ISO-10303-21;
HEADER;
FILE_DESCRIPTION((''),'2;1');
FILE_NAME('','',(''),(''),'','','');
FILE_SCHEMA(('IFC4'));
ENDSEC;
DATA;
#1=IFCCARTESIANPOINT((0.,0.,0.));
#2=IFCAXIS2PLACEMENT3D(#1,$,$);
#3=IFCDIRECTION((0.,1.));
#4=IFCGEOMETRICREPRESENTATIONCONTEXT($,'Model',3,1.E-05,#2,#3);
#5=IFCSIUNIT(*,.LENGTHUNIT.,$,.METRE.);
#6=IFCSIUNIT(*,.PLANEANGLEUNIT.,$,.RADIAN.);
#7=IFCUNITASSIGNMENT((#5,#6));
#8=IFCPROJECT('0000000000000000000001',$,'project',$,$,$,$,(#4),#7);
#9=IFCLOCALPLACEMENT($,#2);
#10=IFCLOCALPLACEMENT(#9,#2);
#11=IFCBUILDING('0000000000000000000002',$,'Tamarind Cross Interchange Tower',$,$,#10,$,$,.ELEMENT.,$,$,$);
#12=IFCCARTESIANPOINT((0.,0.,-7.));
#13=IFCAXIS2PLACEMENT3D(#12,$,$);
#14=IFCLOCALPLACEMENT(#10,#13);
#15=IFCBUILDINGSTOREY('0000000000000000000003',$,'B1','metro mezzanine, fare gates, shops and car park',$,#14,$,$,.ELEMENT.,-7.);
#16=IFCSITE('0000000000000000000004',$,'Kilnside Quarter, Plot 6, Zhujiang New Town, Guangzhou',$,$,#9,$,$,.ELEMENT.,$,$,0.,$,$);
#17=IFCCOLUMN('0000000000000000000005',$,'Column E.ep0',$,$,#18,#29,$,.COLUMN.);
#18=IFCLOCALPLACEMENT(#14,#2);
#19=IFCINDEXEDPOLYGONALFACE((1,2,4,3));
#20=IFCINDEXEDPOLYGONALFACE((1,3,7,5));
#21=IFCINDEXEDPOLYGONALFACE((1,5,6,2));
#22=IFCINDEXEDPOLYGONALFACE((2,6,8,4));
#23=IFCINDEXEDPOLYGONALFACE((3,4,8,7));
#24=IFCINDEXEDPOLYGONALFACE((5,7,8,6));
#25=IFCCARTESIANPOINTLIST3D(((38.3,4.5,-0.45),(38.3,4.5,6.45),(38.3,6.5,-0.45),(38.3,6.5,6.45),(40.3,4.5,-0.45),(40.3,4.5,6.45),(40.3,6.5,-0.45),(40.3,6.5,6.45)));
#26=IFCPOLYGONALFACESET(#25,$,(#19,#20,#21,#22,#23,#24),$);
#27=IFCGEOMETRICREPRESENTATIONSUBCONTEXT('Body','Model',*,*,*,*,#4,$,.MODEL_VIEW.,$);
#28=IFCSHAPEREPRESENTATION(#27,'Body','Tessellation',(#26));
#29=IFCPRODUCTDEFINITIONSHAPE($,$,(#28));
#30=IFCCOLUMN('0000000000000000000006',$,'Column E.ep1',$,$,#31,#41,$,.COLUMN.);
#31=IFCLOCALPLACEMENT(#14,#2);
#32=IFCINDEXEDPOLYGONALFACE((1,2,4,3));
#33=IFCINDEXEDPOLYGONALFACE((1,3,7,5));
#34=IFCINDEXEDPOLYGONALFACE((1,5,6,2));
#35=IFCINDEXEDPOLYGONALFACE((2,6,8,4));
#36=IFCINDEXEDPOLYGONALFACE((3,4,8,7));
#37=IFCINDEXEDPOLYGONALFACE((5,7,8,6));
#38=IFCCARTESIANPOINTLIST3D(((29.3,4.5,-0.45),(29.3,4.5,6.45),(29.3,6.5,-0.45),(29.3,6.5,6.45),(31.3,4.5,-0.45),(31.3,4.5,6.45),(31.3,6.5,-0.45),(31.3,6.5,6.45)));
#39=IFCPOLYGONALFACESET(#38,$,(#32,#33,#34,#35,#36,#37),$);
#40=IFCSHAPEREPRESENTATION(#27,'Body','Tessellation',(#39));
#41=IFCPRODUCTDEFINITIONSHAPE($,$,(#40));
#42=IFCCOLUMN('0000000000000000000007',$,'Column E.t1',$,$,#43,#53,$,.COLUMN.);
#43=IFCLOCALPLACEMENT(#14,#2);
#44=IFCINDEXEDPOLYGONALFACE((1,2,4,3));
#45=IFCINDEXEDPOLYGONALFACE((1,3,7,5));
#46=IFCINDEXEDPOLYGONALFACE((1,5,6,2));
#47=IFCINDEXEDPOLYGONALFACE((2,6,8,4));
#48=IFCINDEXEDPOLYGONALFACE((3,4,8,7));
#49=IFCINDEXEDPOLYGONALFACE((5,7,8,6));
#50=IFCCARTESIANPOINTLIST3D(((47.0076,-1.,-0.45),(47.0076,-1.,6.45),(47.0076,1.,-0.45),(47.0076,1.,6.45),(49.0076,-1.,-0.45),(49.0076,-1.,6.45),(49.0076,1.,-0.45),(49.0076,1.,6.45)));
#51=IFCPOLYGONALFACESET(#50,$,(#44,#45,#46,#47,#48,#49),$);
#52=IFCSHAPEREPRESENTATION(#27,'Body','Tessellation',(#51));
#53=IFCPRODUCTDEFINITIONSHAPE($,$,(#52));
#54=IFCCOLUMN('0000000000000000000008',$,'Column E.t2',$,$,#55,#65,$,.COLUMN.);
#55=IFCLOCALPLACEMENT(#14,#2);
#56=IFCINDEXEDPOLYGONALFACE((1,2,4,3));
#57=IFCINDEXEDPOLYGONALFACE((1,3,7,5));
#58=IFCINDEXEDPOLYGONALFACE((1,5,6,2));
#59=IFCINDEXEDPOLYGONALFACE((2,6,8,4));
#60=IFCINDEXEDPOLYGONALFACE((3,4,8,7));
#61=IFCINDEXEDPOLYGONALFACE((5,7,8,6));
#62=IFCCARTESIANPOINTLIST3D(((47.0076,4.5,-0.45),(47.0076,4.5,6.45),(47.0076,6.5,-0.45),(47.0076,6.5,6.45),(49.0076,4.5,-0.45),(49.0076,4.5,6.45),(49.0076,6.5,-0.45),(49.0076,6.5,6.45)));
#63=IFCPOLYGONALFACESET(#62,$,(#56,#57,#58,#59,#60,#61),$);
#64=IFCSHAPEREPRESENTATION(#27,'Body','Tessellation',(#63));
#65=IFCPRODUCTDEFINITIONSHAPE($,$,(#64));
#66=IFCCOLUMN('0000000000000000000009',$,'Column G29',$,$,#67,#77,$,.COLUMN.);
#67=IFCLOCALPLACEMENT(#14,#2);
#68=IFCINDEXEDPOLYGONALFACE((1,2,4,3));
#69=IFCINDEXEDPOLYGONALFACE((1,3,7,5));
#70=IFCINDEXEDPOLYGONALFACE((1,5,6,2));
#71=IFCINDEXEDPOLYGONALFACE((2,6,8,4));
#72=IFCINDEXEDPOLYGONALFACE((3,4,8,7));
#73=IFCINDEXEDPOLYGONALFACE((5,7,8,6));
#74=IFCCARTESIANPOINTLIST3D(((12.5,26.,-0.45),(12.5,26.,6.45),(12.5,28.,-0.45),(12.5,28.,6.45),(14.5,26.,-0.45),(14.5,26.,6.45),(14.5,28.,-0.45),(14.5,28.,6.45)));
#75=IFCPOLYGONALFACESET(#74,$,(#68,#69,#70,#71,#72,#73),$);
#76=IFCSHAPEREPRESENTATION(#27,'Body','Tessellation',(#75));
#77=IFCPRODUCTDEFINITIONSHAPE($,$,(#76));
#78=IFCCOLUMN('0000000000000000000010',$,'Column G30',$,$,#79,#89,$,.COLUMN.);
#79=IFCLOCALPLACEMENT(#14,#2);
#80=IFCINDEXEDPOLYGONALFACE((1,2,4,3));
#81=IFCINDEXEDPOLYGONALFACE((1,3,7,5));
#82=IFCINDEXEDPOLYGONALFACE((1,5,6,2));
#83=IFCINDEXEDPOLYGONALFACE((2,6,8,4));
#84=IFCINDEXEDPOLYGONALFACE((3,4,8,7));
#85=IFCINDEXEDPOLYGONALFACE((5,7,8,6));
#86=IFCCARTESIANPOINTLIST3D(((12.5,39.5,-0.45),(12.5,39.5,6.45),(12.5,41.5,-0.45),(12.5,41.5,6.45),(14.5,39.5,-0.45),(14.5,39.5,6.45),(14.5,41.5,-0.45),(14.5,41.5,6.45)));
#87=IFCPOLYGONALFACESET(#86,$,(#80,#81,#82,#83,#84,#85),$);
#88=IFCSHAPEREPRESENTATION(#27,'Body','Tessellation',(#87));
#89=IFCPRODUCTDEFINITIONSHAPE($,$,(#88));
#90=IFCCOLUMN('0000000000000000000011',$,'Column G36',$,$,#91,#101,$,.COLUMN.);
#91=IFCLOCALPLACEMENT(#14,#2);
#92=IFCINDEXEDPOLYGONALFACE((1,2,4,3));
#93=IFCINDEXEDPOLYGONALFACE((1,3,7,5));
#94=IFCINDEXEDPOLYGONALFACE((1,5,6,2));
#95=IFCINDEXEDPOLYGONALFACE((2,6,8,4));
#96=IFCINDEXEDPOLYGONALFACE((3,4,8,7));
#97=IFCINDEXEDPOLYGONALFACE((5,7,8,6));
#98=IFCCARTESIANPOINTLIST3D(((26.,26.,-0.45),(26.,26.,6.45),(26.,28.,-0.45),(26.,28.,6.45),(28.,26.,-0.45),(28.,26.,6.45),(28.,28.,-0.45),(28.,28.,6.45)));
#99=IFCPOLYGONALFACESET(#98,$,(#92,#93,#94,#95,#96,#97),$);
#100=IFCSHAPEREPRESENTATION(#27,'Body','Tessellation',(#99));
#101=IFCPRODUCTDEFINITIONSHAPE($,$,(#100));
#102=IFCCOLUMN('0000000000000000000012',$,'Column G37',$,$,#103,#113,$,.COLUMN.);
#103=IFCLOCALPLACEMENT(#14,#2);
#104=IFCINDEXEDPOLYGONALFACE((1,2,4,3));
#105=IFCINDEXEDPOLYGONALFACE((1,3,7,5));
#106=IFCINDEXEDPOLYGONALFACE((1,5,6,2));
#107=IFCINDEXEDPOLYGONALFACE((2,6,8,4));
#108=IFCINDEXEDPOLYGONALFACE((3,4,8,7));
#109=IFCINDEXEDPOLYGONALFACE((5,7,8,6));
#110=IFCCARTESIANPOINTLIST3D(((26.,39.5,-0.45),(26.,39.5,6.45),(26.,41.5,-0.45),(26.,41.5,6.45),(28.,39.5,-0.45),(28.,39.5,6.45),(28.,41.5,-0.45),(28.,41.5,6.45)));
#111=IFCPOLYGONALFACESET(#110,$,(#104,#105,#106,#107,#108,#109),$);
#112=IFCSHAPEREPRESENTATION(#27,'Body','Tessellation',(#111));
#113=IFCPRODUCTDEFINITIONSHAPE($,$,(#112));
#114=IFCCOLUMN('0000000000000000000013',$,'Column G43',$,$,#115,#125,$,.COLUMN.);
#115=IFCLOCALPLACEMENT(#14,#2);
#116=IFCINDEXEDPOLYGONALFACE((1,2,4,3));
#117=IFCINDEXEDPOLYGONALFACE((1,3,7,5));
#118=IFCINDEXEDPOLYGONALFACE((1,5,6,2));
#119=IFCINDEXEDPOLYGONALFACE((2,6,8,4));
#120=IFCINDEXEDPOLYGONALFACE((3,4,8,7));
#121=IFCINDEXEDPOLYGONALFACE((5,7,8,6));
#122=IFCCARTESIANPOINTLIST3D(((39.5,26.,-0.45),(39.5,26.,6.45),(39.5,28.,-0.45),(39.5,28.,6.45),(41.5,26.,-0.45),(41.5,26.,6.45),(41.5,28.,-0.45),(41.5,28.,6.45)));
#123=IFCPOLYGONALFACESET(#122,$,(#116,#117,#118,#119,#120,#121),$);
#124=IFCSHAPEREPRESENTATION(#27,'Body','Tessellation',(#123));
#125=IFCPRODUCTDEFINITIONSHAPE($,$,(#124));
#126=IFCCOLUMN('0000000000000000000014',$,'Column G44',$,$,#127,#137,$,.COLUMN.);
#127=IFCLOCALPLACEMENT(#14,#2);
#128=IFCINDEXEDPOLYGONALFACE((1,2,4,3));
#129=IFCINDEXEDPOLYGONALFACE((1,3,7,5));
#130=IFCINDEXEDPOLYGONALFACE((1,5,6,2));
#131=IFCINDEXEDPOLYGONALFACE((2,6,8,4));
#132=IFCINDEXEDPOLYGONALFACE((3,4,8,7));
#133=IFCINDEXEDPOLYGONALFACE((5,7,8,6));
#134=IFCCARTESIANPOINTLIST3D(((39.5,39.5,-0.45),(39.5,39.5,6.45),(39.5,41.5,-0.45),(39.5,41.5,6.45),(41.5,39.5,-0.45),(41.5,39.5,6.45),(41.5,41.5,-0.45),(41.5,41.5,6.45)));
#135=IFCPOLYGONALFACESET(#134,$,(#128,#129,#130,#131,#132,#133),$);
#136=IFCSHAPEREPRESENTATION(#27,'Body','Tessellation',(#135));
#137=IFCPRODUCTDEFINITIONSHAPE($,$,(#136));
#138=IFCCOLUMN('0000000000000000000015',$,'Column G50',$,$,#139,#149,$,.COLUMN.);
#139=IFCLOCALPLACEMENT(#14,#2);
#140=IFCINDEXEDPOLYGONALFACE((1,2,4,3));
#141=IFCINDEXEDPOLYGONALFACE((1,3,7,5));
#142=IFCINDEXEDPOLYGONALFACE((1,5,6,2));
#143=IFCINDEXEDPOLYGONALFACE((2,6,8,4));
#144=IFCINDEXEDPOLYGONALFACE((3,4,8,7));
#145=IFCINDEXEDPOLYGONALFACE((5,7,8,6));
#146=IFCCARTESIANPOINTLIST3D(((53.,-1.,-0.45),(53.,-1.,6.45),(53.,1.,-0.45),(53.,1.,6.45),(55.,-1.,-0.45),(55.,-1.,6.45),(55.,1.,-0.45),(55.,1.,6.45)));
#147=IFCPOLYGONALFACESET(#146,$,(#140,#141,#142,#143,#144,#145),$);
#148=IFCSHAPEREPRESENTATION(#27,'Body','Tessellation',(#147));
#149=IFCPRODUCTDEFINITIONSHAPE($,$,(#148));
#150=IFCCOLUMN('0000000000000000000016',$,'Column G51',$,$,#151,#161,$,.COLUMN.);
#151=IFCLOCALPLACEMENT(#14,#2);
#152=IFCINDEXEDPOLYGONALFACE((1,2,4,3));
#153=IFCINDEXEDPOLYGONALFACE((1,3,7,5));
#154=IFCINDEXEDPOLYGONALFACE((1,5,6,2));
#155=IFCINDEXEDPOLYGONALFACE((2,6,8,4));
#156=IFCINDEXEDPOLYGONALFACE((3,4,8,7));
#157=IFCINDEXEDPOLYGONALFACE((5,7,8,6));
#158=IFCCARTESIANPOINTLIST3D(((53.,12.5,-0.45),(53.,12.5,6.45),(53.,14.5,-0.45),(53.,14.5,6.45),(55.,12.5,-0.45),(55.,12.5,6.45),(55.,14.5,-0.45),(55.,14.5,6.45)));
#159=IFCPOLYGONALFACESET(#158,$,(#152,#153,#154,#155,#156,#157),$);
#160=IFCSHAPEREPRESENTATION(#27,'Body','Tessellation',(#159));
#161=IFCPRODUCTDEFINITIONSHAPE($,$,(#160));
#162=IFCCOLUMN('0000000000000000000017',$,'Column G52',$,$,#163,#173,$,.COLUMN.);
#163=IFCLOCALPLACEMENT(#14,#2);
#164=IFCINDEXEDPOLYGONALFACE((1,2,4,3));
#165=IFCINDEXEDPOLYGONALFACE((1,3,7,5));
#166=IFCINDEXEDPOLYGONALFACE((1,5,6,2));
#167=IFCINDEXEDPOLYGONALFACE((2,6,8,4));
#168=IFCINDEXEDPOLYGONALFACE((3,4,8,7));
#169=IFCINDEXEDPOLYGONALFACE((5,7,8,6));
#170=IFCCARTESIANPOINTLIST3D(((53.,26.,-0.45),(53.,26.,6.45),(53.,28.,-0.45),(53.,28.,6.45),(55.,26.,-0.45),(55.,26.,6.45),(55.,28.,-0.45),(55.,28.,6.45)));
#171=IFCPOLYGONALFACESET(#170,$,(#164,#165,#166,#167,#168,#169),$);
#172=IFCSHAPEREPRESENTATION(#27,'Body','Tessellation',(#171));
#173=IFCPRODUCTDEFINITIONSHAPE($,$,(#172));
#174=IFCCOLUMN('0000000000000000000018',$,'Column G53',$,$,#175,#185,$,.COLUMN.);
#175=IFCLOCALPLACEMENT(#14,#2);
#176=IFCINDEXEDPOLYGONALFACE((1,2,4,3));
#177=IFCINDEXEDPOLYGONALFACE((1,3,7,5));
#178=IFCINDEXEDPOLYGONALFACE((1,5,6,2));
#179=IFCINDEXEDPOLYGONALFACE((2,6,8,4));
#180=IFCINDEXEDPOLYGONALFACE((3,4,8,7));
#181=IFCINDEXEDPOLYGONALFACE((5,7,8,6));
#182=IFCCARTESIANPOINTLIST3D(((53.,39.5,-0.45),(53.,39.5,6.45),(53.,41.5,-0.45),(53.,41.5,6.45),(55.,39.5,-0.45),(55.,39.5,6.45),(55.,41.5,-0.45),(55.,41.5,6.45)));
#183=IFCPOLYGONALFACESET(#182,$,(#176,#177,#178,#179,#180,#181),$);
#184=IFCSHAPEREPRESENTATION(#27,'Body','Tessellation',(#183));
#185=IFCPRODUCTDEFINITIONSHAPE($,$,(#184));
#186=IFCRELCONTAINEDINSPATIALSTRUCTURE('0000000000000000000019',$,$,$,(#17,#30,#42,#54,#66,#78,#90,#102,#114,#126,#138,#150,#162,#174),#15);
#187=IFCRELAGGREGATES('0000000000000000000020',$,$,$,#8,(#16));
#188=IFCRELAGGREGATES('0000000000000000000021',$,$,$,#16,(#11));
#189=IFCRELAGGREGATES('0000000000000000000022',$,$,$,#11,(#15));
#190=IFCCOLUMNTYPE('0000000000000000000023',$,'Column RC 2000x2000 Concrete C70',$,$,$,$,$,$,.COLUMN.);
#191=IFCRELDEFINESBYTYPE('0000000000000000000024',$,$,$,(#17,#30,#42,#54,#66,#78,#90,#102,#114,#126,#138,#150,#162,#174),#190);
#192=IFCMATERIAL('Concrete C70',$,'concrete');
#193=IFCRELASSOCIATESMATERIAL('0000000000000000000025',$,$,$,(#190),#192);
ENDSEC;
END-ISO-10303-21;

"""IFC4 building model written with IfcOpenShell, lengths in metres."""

from ifc_helpers import new_model, si_unit, direction, frame, origin, origin_2d, place, context, subcontext, project, spatial, rectangle, extrude, material, material_profile, profile_set, type_object, element, save


model = new_model("IFC4")

# Units and contexts
model_context = context("Model", 3, precision=1e-05, world=origin(), true_north=direction((0.0, 1.0)))
body_context = subcontext(model_context, "Body", "Model", "MODEL_VIEW")
ifc_project = project(units=[si_unit("LENGTHUNIT", "METRE"), si_unit("PLANEANGLEUNIT", "RADIAN")], contexts=[model_context])

# Site, building, storey
site_placement = place(None, origin())
site = spatial("IfcSite", under=ifc_project, at=site_placement, Name="Kilnside Quarter, Plot 6, Zhujiang New Town, Guangzhou", CompositionType="ELEMENT", RefElevation=0.0)
building_placement = place(site_placement, origin())
building = spatial("IfcBuilding", under=site, at=building_placement, Name="Tamarind Cross Interchange Tower", CompositionType="ELEMENT")
storey_placement = place(building_placement, frame((0.0, 0.0, -7.0)))
storey = spatial("IfcBuildingStorey", under=building, at=storey_placement, Name="B1", Description="metro mezzanine, fare gates, shops and car park", CompositionType="ELEMENT", Elevation=-7.0)

# Columns
ifc_material_1 = material(Name="Concrete C70", Category="concrete")
ifc_material_profile_1 = material_profile(ifc_material_1, rectangle(XDim=2.0, YDim=2.0, at=origin_2d()), Name="RC 2000x2000")
ifc_profile_set_1 = profile_set([ifc_material_profile_1], Name="Concrete C70")
column_type_1 = type_object("IfcColumnType", Name="Column RC 2000x2000 Concrete C70", PredefinedType="COLUMN", material=ifc_profile_set_1)
for number, where, z_axis, x_axis, name in (
    (1, (39.3, 5.5, -0.45), (0.0, 0.0, 1.0), (1.0, 0.0, 0.0), "Column E.ep0"),
    (2, (30.3, 5.5, -0.45), (0.0, 0.0, 1.0), (1.0, 0.0, 0.0), "Column E.ep1"),
    (3, (48.0076, 0.0, -0.45), (0.0, 0.0, 1.0), (1.0, 0.0, 0.0), "Column E.t1"),
    (4, (48.0076, 5.5, -0.45), (0.0, 0.0, 1.0), (1.0, 0.0, 0.0), "Column E.t2"),
    (5, (13.5, 27.0, -0.45), (0.0, 0.0, 1.0), (1.0, 0.0, 0.0), "Column G29"),
    (6, (13.5, 40.5, -0.45), (0.0, 0.0, 1.0), (1.0, 0.0, 0.0), "Column G30"),
    (7, (27.0, 27.0, -0.45), (0.0, 0.0, 1.0), (1.0, 0.0, 0.0), "Column G36"),
    (8, (27.0, 40.5, -0.45), (0.0, 0.0, 1.0), (1.0, 0.0, 0.0), "Column G37"),
    (9, (40.5, 27.0, -0.45), (0.0, 0.0, 1.0), (1.0, 0.0, 0.0), "Column G43"),
    (10, (40.5, 40.5, -0.45), (0.0, 0.0, 1.0), (1.0, 0.0, 0.0), "Column G44"),
    (11, (54.0, 0.0, -0.45), (0.0, 0.0, 1.0), (1.0, 0.0, 0.0), "Column G50"),
    (12, (54.0, 13.5, -0.45), (0.0, 0.0, 1.0), (1.0, 0.0, 0.0), "Column G51"),
    (13, (54.0, 27.0, -0.45), (0.0, 0.0, 1.0), (1.0, 0.0, 0.0), "Column G52"),
    (14, (54.0, 40.5, -0.45), (0.0, 0.0, 1.0), (1.0, 0.0, 0.0), "Column G53"),
):
    element("IfcColumn", number, at=place(storey_placement, frame(where, z_axis=z_axis, x_axis=x_axis)), inside=storey, type_object=column_type_1, Name=name, PredefinedType="COLUMN", context=body_context, shape_type="SweptSolid", body=[
        extrude(rectangle(XDim=2.0, YDim=2.0, at=origin_2d()), origin(), (0.0, 0.0, 1.0), 6.8999),
    ])

save(model, "model.ifc")
